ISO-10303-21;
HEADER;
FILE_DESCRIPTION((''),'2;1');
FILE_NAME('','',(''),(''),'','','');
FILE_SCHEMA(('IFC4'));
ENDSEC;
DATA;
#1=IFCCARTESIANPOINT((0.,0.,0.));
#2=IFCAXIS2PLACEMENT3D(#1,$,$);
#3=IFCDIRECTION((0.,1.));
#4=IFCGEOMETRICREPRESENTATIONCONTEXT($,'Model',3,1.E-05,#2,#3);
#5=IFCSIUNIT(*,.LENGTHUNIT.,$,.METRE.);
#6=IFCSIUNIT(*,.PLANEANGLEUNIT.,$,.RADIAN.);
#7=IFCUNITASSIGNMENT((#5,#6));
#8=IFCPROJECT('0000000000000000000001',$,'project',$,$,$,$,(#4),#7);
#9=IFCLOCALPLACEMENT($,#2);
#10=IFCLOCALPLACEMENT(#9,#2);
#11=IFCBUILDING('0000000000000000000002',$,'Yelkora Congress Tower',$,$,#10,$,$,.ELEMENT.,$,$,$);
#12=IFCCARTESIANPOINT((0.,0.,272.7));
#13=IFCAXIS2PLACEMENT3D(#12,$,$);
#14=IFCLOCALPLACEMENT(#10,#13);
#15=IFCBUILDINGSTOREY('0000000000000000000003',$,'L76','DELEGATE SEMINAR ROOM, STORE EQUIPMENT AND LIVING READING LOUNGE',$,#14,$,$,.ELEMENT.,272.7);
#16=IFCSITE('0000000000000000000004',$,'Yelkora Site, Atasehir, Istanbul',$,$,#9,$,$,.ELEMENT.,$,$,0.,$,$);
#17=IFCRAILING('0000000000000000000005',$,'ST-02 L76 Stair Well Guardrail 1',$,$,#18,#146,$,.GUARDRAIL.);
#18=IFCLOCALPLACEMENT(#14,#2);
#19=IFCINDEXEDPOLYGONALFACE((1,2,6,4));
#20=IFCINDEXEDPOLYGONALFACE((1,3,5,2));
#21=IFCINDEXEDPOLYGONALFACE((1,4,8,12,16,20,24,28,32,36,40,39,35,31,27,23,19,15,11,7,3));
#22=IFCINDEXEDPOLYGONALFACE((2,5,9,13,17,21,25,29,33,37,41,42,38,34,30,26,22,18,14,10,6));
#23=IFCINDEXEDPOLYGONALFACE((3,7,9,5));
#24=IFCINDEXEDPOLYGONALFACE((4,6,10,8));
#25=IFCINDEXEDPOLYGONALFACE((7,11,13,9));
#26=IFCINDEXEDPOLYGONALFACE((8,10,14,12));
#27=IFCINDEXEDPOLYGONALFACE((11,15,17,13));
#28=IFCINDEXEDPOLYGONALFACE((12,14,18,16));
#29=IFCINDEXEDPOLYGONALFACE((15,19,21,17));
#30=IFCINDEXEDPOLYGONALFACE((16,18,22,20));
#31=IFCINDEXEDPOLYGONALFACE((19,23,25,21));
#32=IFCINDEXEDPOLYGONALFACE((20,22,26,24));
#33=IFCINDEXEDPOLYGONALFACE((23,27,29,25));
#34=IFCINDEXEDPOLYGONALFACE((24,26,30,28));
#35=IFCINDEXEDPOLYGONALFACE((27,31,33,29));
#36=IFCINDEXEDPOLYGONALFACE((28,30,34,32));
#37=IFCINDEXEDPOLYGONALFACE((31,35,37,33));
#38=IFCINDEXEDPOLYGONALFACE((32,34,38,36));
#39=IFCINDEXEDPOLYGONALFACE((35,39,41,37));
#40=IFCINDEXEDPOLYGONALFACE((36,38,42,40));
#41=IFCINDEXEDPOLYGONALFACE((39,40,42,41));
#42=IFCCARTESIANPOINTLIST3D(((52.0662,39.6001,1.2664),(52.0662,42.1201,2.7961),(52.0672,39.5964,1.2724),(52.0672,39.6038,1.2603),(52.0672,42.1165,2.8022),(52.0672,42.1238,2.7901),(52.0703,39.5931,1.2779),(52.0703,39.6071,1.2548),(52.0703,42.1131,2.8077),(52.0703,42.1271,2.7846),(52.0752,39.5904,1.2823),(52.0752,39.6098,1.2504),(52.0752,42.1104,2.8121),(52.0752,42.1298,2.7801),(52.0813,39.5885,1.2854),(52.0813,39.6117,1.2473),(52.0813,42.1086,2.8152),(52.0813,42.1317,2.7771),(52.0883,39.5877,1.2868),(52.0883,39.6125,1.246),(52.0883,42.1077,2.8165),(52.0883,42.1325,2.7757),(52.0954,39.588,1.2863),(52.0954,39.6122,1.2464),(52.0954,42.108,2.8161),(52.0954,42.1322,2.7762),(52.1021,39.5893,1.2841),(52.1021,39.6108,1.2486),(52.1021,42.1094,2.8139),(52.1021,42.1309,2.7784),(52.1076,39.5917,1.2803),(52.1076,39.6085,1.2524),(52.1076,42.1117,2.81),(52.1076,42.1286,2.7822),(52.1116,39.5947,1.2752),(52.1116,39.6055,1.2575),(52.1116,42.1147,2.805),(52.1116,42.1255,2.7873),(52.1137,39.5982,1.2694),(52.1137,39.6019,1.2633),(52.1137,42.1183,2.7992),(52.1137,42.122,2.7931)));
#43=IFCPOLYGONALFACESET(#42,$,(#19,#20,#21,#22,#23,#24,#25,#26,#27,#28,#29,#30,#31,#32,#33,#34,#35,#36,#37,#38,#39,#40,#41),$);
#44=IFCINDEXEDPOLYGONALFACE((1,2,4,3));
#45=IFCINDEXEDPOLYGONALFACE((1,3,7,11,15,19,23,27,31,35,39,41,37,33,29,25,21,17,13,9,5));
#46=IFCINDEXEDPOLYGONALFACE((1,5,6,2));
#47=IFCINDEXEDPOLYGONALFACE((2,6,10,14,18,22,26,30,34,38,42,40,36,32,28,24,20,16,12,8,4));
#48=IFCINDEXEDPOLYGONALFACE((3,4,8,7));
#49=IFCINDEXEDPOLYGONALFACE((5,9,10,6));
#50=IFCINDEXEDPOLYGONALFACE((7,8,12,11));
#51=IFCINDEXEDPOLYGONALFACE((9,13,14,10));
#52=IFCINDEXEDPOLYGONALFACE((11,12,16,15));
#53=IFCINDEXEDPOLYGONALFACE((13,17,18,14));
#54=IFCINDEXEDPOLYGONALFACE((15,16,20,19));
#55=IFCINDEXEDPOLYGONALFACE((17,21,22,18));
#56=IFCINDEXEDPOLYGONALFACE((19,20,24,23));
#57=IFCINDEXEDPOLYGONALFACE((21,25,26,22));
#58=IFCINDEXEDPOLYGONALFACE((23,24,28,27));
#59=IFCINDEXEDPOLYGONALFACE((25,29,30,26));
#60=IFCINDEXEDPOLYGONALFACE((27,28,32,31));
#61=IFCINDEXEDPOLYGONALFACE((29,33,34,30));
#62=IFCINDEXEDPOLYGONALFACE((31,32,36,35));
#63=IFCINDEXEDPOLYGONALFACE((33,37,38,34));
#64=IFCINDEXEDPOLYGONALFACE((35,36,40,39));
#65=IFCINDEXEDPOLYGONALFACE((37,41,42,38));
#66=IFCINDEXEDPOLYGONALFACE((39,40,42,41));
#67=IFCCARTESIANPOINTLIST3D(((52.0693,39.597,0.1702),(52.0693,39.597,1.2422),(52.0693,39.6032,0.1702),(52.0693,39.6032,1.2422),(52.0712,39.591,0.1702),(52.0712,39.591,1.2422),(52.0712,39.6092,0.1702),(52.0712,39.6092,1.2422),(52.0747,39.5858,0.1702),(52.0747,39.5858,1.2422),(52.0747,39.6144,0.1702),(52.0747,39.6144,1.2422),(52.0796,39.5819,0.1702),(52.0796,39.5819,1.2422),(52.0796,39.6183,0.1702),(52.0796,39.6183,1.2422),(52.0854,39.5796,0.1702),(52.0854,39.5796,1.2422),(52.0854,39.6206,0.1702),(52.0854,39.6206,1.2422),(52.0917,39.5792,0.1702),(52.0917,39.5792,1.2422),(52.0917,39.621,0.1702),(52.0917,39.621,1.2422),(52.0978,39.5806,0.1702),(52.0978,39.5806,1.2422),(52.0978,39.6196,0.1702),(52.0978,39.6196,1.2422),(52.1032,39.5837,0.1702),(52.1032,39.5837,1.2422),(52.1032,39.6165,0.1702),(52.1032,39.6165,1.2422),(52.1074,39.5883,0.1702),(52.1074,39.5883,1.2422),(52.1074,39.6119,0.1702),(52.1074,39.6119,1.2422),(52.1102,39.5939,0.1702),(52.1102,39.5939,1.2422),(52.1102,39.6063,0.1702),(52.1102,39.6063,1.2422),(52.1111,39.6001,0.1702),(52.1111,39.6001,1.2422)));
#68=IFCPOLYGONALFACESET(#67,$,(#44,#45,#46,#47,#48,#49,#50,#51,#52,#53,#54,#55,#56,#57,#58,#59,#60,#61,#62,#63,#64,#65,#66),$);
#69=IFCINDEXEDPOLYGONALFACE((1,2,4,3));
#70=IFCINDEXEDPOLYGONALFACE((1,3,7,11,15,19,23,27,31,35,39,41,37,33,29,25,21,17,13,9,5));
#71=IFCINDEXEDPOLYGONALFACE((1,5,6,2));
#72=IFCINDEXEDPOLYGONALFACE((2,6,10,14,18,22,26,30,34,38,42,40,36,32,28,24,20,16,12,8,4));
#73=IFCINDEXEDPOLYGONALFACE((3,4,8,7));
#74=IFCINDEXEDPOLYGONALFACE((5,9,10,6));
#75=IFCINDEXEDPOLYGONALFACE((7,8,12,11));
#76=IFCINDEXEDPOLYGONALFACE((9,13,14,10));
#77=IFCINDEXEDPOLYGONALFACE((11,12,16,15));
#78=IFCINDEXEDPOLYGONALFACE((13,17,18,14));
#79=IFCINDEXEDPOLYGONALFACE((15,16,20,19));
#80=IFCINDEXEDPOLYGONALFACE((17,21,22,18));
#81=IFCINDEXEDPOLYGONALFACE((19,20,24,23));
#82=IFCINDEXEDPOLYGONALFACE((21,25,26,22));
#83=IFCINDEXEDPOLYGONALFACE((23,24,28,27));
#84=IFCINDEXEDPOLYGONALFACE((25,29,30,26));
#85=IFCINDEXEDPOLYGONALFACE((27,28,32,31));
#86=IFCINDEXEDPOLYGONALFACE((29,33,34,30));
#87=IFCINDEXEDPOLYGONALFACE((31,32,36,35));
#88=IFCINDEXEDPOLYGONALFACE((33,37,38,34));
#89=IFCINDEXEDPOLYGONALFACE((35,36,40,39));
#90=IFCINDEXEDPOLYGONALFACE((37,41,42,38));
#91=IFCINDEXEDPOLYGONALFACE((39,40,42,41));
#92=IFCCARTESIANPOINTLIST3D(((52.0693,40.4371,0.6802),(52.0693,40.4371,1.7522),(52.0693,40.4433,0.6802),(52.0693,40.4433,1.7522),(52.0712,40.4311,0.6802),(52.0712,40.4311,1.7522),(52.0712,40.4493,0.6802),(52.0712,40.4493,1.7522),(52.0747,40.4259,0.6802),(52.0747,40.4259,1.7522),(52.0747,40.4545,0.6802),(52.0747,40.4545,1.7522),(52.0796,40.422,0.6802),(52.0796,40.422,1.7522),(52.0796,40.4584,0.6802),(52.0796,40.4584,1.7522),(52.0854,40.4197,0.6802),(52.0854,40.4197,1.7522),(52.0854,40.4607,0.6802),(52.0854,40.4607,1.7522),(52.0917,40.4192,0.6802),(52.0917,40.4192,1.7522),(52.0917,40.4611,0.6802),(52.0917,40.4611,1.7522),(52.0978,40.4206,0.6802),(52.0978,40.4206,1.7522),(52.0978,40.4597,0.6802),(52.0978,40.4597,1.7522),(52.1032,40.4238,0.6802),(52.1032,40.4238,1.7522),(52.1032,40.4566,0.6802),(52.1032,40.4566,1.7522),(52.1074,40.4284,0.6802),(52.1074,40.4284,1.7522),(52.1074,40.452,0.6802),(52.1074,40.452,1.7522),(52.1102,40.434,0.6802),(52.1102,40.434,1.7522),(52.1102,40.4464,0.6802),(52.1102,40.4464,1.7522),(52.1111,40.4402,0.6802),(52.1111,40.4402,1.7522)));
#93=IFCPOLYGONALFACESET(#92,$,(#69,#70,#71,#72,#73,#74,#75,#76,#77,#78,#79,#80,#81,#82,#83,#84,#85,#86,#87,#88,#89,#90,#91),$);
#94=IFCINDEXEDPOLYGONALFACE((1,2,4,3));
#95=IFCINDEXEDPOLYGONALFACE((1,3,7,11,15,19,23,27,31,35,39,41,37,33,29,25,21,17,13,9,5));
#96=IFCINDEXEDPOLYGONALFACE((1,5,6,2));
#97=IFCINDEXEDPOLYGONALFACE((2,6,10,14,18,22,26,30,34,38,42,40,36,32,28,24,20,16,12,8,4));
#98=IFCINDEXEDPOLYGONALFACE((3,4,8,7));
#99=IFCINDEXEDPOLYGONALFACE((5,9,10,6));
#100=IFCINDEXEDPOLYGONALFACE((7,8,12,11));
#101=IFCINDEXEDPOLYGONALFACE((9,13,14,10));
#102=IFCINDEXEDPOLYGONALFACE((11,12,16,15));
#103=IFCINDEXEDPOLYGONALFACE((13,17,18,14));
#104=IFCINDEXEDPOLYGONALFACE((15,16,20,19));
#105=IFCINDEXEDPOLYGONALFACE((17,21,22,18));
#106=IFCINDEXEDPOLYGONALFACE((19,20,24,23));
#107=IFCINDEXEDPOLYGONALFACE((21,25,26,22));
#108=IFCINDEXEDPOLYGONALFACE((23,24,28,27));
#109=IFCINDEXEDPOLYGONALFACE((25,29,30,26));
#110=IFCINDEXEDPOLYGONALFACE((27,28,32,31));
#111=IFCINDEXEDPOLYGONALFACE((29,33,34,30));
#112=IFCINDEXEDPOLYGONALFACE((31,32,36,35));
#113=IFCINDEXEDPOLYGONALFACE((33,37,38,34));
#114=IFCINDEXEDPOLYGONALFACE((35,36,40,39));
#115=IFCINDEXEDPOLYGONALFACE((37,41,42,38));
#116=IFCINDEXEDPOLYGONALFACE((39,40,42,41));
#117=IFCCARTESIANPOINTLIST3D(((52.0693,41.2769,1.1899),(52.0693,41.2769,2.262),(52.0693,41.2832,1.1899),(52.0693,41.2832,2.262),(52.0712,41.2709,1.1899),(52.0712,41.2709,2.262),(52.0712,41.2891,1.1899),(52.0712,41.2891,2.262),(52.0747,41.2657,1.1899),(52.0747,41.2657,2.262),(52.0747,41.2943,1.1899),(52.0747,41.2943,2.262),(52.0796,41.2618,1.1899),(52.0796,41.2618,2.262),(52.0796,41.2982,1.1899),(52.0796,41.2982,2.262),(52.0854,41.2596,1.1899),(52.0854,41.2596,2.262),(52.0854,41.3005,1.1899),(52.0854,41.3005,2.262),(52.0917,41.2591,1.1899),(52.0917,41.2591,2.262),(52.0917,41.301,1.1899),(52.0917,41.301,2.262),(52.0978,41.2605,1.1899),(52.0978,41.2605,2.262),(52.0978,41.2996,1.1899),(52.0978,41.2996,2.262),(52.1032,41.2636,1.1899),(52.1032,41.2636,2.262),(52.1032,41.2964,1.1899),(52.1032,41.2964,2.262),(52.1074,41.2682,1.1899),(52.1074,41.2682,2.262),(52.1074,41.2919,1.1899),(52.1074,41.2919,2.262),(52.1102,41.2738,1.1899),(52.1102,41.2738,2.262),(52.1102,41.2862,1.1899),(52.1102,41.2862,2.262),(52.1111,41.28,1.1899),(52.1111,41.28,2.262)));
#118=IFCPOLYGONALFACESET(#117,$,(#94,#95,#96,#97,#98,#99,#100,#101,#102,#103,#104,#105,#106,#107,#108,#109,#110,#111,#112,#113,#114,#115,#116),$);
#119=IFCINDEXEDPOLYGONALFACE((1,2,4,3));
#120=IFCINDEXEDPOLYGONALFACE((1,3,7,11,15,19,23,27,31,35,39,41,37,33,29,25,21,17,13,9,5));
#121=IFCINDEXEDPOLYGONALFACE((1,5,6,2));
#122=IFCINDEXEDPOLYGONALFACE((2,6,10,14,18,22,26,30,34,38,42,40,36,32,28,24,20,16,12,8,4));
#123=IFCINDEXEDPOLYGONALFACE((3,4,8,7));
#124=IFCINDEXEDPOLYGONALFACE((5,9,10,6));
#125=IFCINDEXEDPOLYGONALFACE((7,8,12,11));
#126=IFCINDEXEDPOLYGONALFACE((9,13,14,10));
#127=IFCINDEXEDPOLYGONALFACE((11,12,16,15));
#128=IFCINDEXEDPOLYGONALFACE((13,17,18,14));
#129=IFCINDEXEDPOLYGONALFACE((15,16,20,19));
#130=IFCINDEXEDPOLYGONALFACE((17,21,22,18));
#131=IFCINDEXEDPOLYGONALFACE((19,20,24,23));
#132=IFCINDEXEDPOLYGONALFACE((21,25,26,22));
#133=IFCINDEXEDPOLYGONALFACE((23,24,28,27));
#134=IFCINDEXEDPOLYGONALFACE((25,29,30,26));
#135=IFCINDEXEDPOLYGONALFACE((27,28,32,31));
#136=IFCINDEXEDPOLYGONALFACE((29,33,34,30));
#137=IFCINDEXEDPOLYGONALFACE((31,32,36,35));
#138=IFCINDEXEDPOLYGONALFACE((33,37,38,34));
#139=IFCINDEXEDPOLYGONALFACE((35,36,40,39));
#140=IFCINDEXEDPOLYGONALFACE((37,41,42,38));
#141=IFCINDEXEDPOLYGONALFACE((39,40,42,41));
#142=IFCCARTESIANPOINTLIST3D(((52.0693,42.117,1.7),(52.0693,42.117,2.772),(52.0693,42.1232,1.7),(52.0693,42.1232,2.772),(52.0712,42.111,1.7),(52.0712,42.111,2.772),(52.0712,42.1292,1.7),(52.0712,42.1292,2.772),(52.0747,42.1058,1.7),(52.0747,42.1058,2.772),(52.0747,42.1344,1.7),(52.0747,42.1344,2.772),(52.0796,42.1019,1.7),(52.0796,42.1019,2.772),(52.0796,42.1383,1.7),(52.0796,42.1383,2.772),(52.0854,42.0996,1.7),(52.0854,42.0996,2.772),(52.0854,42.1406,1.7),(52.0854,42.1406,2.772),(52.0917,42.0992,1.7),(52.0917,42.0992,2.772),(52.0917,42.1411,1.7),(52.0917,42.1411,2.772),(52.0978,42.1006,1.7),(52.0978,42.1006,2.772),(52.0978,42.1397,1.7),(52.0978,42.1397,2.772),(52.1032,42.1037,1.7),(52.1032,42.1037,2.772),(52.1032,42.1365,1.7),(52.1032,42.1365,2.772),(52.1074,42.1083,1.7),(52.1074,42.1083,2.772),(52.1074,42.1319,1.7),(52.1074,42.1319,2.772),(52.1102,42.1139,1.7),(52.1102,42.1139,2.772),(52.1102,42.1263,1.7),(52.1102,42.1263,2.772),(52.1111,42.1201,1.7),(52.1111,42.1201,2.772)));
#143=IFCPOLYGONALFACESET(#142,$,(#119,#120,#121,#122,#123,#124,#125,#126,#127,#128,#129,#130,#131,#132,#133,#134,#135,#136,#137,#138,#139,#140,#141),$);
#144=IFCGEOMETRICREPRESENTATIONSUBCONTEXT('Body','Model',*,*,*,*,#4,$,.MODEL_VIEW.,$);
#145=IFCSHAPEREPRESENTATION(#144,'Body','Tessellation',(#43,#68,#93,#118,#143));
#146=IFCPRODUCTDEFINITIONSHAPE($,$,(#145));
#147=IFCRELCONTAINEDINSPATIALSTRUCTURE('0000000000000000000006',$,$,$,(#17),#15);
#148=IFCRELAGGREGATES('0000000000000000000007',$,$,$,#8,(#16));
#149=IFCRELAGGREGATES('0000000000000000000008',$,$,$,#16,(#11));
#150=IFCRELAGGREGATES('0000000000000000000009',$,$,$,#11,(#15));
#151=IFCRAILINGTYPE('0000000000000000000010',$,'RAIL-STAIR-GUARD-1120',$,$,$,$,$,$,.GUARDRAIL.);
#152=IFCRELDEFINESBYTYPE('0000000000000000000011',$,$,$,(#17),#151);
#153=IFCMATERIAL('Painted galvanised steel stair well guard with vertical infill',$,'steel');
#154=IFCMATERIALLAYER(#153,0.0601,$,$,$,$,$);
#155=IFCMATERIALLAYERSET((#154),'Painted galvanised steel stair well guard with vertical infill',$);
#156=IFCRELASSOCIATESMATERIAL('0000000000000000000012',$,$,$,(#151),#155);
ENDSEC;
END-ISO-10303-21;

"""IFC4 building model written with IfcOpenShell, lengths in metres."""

from ifc_helpers import new_model, si_unit, direction, frame, origin, origin_2d, place, context, subcontext, project, spatial, circle, extrude, material, layer, layer_set, type_object, element, save


model = new_model("IFC4")

# Units and contexts
model_context = context("Model", 3, precision=1e-05, world=origin(), true_north=direction((0.0, 1.0)))
body_context = subcontext(model_context, "Body", "Model", "MODEL_VIEW")
ifc_project = project(units=[si_unit("LENGTHUNIT", "METRE"), si_unit("PLANEANGLEUNIT", "RADIAN")], contexts=[model_context])

# Site, building, storey
site_placement = place(None, origin())
site = spatial("IfcSite", under=ifc_project, at=site_placement, Name="Yelkora Site, Atasehir, Istanbul", CompositionType="ELEMENT", RefElevation=0.0)
building_placement = place(site_placement, origin())
building = spatial("IfcBuilding", under=site, at=building_placement, Name="Yelkora Congress Tower", CompositionType="ELEMENT")
storey_placement = place(building_placement, frame((0.0, 0.0, 272.7)))
storey = spatial("IfcBuildingStorey", under=building, at=storey_placement, Name="L76", Description="DELEGATE SEMINAR ROOM, STORE EQUIPMENT AND LIVING READING LOUNGE", CompositionType="ELEMENT", Elevation=272.7)

# Railing
ifc_material_1 = material(Name="Painted galvanised steel stair well guard with vertical infill", Category="steel")
ifc_layer_1 = layer(ifc_material_1, 0.0601)
ifc_layer_set_1 = layer_set([ifc_layer_1], Name="Painted galvanised steel stair well guard with vertical infill")
railing_type_1 = type_object("IfcRailingType", Name="RAIL-STAIR-GUARD-1120", PredefinedType="GUARDRAIL", material=ifc_layer_set_1)
railing_1_placement = place(storey_placement, frame((52.0901, 39.6001, 0.1702)))
element("IfcRailing", 1, at=railing_1_placement, inside=storey, type_object=railing_type_1, Name="ST-02 L76 Stair Well Guardrail 1", PredefinedType="GUARDRAIL", context=body_context, shape_type="SweptSolid", body=[
    extrude(circle(Radius=0.0239, at=origin_2d()), frame((0.0, 0.0, 1.0962), z_axis=(0.0, 0.854822, 0.518922), x_axis=(-1.0, 0.0, 0.0)), (0.0, 0.0, 1.0), 2.948),
    extrude(circle(Radius=0.021, at=origin_2d()), origin(), (0.0, 0.0, 1.0), 1.072),
    extrude(circle(Radius=0.021, at=origin_2d()), frame((0.0, 0.8401, 0.51)), (0.0, 0.0, 1.0), 1.072),
    extrude(circle(Radius=0.021, at=origin_2d()), frame((0.0, 1.6799, 1.0198)), (0.0, 0.0, 1.0), 1.072),
    extrude(circle(Radius=0.021, at=origin_2d()), frame((0.0, 2.52, 1.5298)), (0.0, 0.0, 1.0), 1.072),
])

save(model, "model.ifc")
